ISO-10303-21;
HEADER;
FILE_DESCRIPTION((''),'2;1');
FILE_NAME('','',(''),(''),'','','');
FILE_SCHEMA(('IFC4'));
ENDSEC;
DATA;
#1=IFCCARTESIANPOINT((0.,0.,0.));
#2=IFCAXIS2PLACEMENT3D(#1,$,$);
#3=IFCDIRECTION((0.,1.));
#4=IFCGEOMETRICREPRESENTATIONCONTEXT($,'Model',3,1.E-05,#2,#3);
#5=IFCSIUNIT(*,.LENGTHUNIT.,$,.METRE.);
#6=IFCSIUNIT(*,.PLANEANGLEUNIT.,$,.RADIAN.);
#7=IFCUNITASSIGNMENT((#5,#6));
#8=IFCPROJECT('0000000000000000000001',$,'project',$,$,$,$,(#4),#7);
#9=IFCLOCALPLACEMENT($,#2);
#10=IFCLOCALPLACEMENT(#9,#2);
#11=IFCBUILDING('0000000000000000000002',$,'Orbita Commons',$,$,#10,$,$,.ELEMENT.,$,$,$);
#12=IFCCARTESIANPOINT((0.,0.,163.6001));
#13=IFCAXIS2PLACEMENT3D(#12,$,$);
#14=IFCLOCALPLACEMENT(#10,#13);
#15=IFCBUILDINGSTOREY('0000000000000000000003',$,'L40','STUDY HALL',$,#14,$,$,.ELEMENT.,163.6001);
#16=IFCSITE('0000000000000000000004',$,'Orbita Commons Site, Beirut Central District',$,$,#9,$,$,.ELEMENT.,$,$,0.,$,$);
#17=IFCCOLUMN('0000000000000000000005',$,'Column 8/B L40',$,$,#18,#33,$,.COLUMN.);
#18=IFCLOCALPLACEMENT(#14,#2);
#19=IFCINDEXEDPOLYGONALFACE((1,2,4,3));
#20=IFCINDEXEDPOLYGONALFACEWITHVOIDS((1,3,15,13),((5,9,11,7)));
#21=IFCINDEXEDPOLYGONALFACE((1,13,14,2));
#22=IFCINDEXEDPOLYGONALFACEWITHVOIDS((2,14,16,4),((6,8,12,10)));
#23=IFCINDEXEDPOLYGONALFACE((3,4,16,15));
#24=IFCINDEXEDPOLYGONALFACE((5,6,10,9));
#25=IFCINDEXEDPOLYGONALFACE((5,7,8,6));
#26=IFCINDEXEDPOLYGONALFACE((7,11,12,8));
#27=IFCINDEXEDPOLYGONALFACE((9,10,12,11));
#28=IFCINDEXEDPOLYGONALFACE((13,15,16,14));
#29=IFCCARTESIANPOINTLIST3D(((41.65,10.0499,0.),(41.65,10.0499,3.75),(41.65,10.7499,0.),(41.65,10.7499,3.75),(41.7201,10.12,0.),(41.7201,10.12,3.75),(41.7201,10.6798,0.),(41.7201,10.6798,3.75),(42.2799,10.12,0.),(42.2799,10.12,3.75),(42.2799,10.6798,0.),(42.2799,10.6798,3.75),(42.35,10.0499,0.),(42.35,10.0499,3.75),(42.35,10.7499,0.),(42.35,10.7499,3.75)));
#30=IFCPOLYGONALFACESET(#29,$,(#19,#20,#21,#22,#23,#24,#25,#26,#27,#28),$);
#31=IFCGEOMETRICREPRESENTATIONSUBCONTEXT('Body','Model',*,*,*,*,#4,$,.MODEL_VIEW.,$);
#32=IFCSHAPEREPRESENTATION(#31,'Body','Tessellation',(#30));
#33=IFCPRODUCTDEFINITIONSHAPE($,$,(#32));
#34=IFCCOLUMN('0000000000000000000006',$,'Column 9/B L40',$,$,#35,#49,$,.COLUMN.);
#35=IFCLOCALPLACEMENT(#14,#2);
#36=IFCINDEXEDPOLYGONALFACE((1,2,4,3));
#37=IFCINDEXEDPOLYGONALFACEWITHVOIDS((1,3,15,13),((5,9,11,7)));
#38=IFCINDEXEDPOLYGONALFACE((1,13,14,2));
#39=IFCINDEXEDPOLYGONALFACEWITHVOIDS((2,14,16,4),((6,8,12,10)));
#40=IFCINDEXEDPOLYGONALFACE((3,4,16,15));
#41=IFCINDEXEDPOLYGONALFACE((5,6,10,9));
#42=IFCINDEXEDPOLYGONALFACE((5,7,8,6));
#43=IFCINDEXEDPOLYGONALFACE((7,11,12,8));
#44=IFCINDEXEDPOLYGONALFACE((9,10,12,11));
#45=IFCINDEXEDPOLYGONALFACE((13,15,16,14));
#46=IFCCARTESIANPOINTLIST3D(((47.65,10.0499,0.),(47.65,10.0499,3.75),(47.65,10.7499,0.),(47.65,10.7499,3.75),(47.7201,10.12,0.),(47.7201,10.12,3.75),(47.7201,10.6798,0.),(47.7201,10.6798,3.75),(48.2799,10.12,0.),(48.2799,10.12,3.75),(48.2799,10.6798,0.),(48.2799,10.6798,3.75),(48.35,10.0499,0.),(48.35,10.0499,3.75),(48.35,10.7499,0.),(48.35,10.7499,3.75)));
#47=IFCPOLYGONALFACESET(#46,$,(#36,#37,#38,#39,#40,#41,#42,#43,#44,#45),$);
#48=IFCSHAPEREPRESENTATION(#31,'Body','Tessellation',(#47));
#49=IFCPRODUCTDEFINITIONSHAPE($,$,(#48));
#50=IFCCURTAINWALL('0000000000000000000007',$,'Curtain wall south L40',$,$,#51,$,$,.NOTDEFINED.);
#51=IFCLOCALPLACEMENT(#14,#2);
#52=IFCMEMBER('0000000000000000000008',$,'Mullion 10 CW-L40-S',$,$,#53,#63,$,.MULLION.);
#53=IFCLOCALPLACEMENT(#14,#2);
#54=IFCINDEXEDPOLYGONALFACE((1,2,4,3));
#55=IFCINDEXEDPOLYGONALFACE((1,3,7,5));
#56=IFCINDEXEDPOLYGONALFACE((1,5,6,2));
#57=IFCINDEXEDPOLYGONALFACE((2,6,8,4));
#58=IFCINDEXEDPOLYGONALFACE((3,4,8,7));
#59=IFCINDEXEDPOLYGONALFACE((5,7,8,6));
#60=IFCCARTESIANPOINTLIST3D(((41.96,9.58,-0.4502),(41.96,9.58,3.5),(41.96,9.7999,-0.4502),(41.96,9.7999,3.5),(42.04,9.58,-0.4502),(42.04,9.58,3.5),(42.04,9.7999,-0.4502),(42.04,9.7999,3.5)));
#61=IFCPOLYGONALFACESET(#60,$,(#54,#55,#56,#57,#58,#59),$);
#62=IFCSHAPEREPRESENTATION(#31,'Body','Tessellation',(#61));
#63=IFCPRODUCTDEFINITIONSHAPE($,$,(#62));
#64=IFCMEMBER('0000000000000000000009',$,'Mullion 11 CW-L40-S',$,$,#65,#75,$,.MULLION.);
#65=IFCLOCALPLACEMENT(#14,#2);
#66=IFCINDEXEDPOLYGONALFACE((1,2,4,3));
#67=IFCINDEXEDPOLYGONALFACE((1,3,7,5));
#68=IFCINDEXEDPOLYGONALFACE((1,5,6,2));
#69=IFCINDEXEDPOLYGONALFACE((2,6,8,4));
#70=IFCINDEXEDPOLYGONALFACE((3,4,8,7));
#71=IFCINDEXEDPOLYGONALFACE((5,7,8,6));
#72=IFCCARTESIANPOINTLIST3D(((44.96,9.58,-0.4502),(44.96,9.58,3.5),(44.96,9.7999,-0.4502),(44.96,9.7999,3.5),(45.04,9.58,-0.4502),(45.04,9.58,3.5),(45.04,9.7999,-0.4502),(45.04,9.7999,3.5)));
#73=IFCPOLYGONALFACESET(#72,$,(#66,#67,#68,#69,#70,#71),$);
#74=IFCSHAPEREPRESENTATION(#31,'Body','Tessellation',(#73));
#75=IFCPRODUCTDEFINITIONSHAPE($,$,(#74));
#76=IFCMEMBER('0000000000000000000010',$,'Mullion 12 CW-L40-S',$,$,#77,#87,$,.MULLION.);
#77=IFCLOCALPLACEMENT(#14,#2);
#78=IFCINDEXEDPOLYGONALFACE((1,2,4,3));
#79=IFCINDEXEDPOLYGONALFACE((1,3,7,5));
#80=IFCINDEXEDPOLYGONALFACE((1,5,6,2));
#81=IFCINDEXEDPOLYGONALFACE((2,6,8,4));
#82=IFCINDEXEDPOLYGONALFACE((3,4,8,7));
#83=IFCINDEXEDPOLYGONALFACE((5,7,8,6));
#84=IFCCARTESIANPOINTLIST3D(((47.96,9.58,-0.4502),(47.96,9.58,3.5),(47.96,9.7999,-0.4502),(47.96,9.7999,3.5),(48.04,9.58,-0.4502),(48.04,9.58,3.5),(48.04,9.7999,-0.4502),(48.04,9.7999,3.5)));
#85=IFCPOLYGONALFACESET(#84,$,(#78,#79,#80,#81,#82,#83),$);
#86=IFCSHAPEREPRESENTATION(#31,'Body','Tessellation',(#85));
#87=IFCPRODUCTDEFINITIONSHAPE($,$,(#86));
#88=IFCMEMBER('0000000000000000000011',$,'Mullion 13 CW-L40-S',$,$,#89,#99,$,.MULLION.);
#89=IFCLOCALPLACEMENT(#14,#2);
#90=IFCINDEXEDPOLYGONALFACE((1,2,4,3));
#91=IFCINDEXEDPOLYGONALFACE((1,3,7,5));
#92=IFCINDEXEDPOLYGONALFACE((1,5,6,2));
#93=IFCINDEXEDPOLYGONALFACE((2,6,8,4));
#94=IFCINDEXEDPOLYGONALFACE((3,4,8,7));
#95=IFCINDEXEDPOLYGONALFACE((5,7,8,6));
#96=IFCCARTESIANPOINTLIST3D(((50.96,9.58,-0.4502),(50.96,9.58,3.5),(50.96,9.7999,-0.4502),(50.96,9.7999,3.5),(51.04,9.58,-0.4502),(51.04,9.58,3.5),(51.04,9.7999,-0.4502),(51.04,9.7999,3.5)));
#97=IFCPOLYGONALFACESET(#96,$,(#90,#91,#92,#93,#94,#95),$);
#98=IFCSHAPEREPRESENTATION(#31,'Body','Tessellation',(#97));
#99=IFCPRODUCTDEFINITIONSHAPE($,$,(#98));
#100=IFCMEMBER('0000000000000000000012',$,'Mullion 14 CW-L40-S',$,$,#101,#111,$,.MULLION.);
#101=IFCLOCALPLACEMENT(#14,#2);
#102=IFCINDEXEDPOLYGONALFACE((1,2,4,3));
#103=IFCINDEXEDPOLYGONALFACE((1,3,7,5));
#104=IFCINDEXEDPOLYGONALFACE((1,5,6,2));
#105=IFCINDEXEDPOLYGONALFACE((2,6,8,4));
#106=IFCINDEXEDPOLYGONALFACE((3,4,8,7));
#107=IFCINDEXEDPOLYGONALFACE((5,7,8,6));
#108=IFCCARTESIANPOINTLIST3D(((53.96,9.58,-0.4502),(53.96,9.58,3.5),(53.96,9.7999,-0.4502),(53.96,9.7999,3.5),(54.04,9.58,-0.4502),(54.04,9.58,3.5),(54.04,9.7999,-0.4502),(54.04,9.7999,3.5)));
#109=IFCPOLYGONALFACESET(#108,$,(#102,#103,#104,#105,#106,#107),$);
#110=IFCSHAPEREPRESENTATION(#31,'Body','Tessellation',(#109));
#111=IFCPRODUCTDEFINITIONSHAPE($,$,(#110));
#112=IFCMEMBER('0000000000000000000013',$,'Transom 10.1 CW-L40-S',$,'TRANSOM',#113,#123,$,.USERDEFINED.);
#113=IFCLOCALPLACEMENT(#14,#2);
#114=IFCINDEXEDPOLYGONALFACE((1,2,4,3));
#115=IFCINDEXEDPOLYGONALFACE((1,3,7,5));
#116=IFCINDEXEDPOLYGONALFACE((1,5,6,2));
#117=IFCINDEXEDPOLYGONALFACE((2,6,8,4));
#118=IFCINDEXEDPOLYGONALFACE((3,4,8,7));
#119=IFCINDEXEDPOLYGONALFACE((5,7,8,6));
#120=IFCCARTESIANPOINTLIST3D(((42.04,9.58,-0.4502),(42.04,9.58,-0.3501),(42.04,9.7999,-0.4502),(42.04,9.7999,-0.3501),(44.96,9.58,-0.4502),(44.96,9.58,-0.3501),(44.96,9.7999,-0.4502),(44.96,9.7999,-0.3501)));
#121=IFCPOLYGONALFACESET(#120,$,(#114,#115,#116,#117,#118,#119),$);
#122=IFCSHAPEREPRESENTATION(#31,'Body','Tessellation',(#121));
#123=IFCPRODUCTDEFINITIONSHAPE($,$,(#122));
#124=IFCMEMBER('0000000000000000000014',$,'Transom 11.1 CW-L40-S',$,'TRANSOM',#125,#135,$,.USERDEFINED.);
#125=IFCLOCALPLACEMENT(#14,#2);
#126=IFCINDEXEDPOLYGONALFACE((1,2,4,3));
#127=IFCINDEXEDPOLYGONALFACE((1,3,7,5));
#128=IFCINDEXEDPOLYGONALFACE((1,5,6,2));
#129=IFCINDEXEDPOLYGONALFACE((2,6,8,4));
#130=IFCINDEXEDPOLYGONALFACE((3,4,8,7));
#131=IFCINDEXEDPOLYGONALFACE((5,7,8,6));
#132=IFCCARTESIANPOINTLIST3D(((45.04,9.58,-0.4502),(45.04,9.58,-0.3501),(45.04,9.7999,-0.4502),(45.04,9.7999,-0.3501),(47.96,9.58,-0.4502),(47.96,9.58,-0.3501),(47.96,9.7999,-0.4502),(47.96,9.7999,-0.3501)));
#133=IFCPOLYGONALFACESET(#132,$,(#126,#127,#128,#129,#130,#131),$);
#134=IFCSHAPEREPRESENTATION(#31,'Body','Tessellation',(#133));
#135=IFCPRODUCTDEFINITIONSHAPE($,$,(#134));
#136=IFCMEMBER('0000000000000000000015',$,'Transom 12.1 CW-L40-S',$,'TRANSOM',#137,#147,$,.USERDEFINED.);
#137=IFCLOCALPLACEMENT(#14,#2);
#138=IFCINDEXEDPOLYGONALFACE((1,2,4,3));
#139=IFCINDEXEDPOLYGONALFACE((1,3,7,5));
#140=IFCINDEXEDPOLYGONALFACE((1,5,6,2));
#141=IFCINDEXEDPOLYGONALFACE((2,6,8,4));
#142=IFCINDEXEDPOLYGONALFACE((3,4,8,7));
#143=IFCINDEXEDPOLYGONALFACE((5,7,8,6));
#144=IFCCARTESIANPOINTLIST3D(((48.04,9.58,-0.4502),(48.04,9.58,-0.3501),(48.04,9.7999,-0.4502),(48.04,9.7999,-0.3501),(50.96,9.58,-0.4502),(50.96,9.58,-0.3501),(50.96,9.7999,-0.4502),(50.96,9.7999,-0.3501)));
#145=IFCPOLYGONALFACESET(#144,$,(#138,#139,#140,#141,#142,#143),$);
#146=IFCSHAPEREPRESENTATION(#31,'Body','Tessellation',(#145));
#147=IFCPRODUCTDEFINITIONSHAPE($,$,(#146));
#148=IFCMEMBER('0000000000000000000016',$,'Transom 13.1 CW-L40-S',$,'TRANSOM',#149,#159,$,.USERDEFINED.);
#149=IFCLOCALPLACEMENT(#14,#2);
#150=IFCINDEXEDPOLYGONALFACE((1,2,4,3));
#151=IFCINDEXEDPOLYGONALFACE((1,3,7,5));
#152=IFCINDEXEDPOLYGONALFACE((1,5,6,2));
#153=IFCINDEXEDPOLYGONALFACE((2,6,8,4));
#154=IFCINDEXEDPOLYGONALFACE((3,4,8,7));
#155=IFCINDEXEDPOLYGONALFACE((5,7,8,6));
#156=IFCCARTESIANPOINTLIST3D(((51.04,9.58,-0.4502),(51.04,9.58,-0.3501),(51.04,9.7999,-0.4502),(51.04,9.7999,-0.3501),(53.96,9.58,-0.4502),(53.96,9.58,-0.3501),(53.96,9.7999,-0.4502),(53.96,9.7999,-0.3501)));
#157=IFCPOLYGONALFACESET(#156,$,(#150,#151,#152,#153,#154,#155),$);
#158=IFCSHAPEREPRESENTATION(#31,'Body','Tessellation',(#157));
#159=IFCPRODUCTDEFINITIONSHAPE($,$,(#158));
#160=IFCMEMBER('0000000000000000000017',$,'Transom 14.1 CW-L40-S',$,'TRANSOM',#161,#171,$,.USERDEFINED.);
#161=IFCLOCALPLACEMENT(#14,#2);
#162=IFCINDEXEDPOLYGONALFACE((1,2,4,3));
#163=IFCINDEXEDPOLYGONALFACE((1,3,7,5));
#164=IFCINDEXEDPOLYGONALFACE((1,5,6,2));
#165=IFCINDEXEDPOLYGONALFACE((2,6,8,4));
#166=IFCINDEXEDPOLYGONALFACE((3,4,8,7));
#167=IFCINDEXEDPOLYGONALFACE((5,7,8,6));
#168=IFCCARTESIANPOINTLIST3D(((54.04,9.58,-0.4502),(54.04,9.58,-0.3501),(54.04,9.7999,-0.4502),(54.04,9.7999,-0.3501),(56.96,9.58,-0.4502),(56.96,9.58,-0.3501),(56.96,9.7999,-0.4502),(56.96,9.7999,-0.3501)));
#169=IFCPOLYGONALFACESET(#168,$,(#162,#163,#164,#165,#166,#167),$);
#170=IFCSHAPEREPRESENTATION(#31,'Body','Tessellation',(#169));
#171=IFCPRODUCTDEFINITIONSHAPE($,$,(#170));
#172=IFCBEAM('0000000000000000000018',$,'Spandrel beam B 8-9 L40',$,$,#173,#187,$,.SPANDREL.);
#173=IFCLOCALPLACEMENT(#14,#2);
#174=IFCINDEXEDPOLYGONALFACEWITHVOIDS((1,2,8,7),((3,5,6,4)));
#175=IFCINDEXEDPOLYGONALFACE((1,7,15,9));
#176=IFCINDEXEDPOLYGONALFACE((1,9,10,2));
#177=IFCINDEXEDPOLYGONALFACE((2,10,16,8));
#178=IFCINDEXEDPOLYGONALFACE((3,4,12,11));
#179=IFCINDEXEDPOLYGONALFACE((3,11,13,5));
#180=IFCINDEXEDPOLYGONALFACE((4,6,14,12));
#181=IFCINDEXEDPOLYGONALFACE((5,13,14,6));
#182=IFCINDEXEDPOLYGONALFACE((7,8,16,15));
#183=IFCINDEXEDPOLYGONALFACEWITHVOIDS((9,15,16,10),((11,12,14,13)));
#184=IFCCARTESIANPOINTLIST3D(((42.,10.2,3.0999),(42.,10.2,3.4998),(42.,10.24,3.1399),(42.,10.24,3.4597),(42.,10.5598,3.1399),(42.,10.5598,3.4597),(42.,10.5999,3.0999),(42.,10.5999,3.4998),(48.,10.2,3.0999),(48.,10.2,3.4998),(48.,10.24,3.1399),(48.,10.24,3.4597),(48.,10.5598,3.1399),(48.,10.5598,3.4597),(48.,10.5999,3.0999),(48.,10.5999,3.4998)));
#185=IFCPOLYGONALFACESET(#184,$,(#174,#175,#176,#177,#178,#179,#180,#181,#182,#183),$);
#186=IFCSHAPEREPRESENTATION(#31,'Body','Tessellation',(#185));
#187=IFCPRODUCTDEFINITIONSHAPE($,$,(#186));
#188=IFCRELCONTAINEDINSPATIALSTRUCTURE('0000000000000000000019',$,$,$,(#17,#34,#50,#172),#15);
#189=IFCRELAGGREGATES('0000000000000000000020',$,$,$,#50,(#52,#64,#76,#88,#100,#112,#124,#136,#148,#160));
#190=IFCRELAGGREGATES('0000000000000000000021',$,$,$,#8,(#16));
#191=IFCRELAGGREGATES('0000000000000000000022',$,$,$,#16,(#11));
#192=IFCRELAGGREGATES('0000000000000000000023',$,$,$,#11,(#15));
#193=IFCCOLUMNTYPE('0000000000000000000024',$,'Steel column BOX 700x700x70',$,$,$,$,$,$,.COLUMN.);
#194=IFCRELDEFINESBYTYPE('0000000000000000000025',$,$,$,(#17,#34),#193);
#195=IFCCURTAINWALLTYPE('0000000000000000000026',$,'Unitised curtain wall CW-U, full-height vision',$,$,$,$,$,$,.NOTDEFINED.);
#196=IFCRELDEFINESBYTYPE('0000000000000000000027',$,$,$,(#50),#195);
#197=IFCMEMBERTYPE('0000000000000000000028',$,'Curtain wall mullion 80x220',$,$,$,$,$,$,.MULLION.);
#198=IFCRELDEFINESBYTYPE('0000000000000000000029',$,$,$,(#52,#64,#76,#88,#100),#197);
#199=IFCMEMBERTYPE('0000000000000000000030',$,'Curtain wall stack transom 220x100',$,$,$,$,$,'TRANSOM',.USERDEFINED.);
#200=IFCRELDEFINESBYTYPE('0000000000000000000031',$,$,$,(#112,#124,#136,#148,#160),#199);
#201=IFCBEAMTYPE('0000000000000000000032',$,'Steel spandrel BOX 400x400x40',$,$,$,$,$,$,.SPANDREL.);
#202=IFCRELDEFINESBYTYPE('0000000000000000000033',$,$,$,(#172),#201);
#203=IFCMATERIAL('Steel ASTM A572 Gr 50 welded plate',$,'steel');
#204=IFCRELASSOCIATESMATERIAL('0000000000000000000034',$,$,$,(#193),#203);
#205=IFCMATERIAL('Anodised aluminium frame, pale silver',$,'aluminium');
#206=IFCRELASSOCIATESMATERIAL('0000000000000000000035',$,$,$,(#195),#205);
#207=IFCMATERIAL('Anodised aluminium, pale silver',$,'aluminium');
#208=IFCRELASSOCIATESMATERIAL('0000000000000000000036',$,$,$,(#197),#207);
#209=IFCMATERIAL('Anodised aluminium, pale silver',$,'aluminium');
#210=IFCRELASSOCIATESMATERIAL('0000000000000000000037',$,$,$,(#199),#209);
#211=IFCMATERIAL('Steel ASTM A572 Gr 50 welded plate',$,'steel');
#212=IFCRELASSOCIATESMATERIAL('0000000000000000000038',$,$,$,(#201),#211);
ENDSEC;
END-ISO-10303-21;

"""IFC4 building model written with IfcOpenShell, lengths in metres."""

from ifc_helpers import new_model, si_unit, direction, frame, origin, origin_2d, place, context, subcontext, project, spatial, rectangle, hollow_rectangle, extrude, material, material_profile, profile_set, type_object, element, aggregate, save


model = new_model("IFC4")

# Units and contexts
model_context = context("Model", 3, precision=1e-05, world=origin(), true_north=direction((0.0, 1.0)))
body_context = subcontext(model_context, "Body", "Model", "MODEL_VIEW")
ifc_project = project(units=[si_unit("LENGTHUNIT", "METRE"), si_unit("PLANEANGLEUNIT", "RADIAN")], contexts=[model_context])

# Site, building, storey
site_placement = place(None, origin())
site = spatial("IfcSite", under=ifc_project, at=site_placement, Name="Orbita Commons Site, Beirut Central District", CompositionType="ELEMENT", RefElevation=0.0)
building_placement = place(site_placement, origin())
building = spatial("IfcBuilding", under=site, at=building_placement, Name="Orbita Commons", CompositionType="ELEMENT")
storey_placement = place(building_placement, frame((0.0, 0.0, 163.6001)))
storey = spatial("IfcBuildingStorey", under=building, at=storey_placement, Name="L40", Description="STUDY HALL", CompositionType="ELEMENT", Elevation=163.6001)

# Columns
ifc_material_1 = material(Name="Steel ASTM A572 Gr 50 welded plate", Category="steel")
ifc_material_profile_1 = material_profile(ifc_material_1, hollow_rectangle(XDim=0.7, YDim=0.7, WallThickness=0.0701, at=origin_2d()), Name="BOX 700x700x70")
ifc_profile_set_1 = profile_set([ifc_material_profile_1], Name="Steel ASTM A572 Gr 50 welded plate")
column_type = type_object("IfcColumnType", Name="Steel column BOX 700x700x70", PredefinedType="COLUMN", material=ifc_profile_set_1)
for number, where, z_axis, x_axis, name in (
    (1, (42.0, 10.3999, 0.0), (0.0, 0.0, 1.0), (1.0, 0.0, 0.0), "Column 8/B L40"),
    (2, (48.0, 10.3999, 0.0), (0.0, 0.0, 1.0), (1.0, 0.0, 0.0), "Column 9/B L40"),
):
    element("IfcColumn", number, at=place(storey_placement, frame(where, z_axis=z_axis, x_axis=x_axis)), inside=storey, type_object=column_type, Name=name, PredefinedType="COLUMN", context=body_context, shape_type="SweptSolid", body=[
        extrude(hollow_rectangle(XDim=0.7, YDim=0.7, WallThickness=0.0701, at=origin_2d()), origin(), (0.0, 0.0, 1.0), 3.75),
    ])

# Curtain wall, members
ifc_material_2 = material(Name="Anodised aluminium frame, pale silver", Category="aluminium")
curtain_wall_type = type_object("IfcCurtainWallType", Name="Unitised curtain wall CW-U, full-height vision", PredefinedType="NOTDEFINED", material=ifc_material_2)
curtain_wall_placement = place(storey_placement, origin())
curtain_wall = element("IfcCurtainWall", 3, at=curtain_wall_placement, inside=storey, type_object=curtain_wall_type, Name="Curtain wall south L40", PredefinedType="NOTDEFINED")
ifc_material_3 = material(Name="Anodised aluminium, pale silver", Category="aluminium")
ifc_material_profile_2 = material_profile(ifc_material_3, rectangle(XDim=0.0801, YDim=0.22, at=origin_2d()), Name="AL 80x220")
ifc_profile_set_2 = profile_set([ifc_material_profile_2], Name="Anodised aluminium, pale silver")
member_type_1 = type_object("IfcMemberType", Name="Curtain wall mullion 80x220", PredefinedType="MULLION", material=ifc_profile_set_2)
member_1_placement = place(storey_placement, frame((42.0, 9.6899, -0.4502), z_axis=(0.0, 0.0, 1.0), x_axis=(1.0, 0.0, 0.0)))
member_1 = element("IfcMember", 4, at=member_1_placement, type_object=member_type_1, Name="Mullion 10 CW-L40-S", PredefinedType="MULLION", context=body_context, shape_type="SweptSolid", body=[
    extrude(rectangle(XDim=0.0801, YDim=0.22, at=origin_2d()), origin(), (0.0, 0.0, 1.0), 3.9502),
])
member_2_placement = place(storey_placement, frame((45.0, 9.6899, -0.4502), z_axis=(0.0, 0.0, 1.0), x_axis=(1.0, 0.0, 0.0)))
member_2 = element("IfcMember", 5, at=member_2_placement, type_object=member_type_1, Name="Mullion 11 CW-L40-S", PredefinedType="MULLION", context=body_context, shape_type="SweptSolid", body=[
    extrude(rectangle(XDim=0.0801, YDim=0.22, at=origin_2d()), origin(), (0.0, 0.0, 1.0), 3.9502),
])
member_3_placement = place(storey_placement, frame((48.0, 9.6899, -0.4502), z_axis=(0.0, 0.0, 1.0), x_axis=(1.0, 0.0, 0.0)))
member_3 = element("IfcMember", 6, at=member_3_placement, type_object=member_type_1, Name="Mullion 12 CW-L40-S", PredefinedType="MULLION", context=body_context, shape_type="SweptSolid", body=[
    extrude(rectangle(XDim=0.0801, YDim=0.22, at=origin_2d()), origin(), (0.0, 0.0, 1.0), 3.9502),
])
member_4_placement = place(storey_placement, frame((51.0, 9.6899, -0.4502), z_axis=(0.0, 0.0, 1.0), x_axis=(1.0, 0.0, 0.0)))
member_4 = element("IfcMember", 7, at=member_4_placement, type_object=member_type_1, Name="Mullion 13 CW-L40-S", PredefinedType="MULLION", context=body_context, shape_type="SweptSolid", body=[
    extrude(rectangle(XDim=0.0801, YDim=0.22, at=origin_2d()), origin(), (0.0, 0.0, 1.0), 3.9502),
])
member_5_placement = place(storey_placement, frame((54.0, 9.6899, -0.4502), z_axis=(0.0, 0.0, 1.0), x_axis=(1.0, 0.0, 0.0)))
member_5 = element("IfcMember", 8, at=member_5_placement, type_object=member_type_1, Name="Mullion 14 CW-L40-S", PredefinedType="MULLION", context=body_context, shape_type="SweptSolid", body=[
    extrude(rectangle(XDim=0.0801, YDim=0.22, at=origin_2d()), origin(), (0.0, 0.0, 1.0), 3.9502),
])
ifc_material_4 = material(Name="Anodised aluminium, pale silver", Category="aluminium")
ifc_material_profile_3 = material_profile(ifc_material_4, rectangle(XDim=0.22, YDim=0.1001, at=origin_2d()), Name="AL 220x100")
ifc_profile_set_3 = profile_set([ifc_material_profile_3], Name="Anodised aluminium, pale silver")
member_type_2 = type_object("IfcMemberType", Name="Curtain wall stack transom 220x100", ElementType="TRANSOM", PredefinedType="USERDEFINED", material=ifc_profile_set_3)
member_6_placement = place(storey_placement, frame((42.04, 9.6899, -0.4001), z_axis=(1.0, 0.0, 0.0), x_axis=(0.0, 1.0, 0.0)))
member_6 = element("IfcMember", 9, at=member_6_placement, type_object=member_type_2, Name="Transom 10.1 CW-L40-S", ObjectType="TRANSOM", PredefinedType="USERDEFINED", context=body_context, shape_type="SweptSolid", body=[
    extrude(rectangle(XDim=0.22, YDim=0.1001, at=origin_2d()), origin(), (0.0, 0.0, 1.0), 2.9199),
])
member_7_placement = place(storey_placement, frame((45.04, 9.6899, -0.4001), z_axis=(1.0, 0.0, 0.0), x_axis=(0.0, 1.0, 0.0)))
member_7 = element("IfcMember", 10, at=member_7_placement, type_object=member_type_2, Name="Transom 11.1 CW-L40-S", ObjectType="TRANSOM", PredefinedType="USERDEFINED", context=body_context, shape_type="SweptSolid", body=[
    extrude(rectangle(XDim=0.22, YDim=0.1001, at=origin_2d()), origin(), (0.0, 0.0, 1.0), 2.9199),
])
member_8_placement = place(storey_placement, frame((48.04, 9.6899, -0.4001), z_axis=(1.0, 0.0, 0.0), x_axis=(0.0, 1.0, 0.0)))
member_8 = element("IfcMember", 11, at=member_8_placement, type_object=member_type_2, Name="Transom 12.1 CW-L40-S", ObjectType="TRANSOM", PredefinedType="USERDEFINED", context=body_context, shape_type="SweptSolid", body=[
    extrude(rectangle(XDim=0.22, YDim=0.1001, at=origin_2d()), origin(), (0.0, 0.0, 1.0), 2.9199),
])
member_9_placement = place(storey_placement, frame((51.04, 9.6899, -0.4001), z_axis=(1.0, 0.0, 0.0), x_axis=(0.0, 1.0, 0.0)))
member_9 = element("IfcMember", 12, at=member_9_placement, type_object=member_type_2, Name="Transom 13.1 CW-L40-S", ObjectType="TRANSOM", PredefinedType="USERDEFINED", context=body_context, shape_type="SweptSolid", body=[
    extrude(rectangle(XDim=0.22, YDim=0.1001, at=origin_2d()), origin(), (0.0, 0.0, 1.0), 2.9199),
])
member_10_placement = place(storey_placement, frame((54.04, 9.6899, -0.4001), z_axis=(1.0, 0.0, 0.0), x_axis=(0.0, 1.0, 0.0)))
member_10 = element("IfcMember", 13, at=member_10_placement, type_object=member_type_2, Name="Transom 14.1 CW-L40-S", ObjectType="TRANSOM", PredefinedType="USERDEFINED", context=body_context, shape_type="SweptSolid", body=[
    extrude(rectangle(XDim=0.22, YDim=0.1001, at=origin_2d()), origin(), (0.0, 0.0, 1.0), 2.9199),
])

# Beam
ifc_material_5 = material(Name="Steel ASTM A572 Gr 50 welded plate", Category="steel")
ifc_material_profile_4 = material_profile(ifc_material_5, hollow_rectangle(XDim=0.3999, YDim=0.3999, WallThickness=0.04, at=origin_2d()), Name="BOX 400x400x40")
ifc_profile_set_4 = profile_set([ifc_material_profile_4], Name="Steel ASTM A572 Gr 50 welded plate")
beam_type = type_object("IfcBeamType", Name="Steel spandrel BOX 400x400x40", PredefinedType="SPANDREL", material=ifc_profile_set_4)
for number, where, z_axis, x_axis, name in (
    (14, (42.0, 10.3999, 3.2998), (1.0, 0.0, 0.0), (0.0, 1.0, 0.0), "Spandrel beam B 8-9 L40"),
):
    element("IfcBeam", number, at=place(storey_placement, frame(where, z_axis=z_axis, x_axis=x_axis)), inside=storey, type_object=beam_type, Name=name, PredefinedType="SPANDREL", context=body_context, shape_type="SweptSolid", body=[
        extrude(hollow_rectangle(XDim=0.3999, YDim=0.3999, WallThickness=0.04, at=origin_2d()), origin(), (0.0, 0.0, 1.0), 6.0),
    ])

aggregate(curtain_wall, [member_1, member_2, member_3, member_4, member_5, member_6, member_7, member_8, member_9, member_10])

save(model, "model.ifc")
